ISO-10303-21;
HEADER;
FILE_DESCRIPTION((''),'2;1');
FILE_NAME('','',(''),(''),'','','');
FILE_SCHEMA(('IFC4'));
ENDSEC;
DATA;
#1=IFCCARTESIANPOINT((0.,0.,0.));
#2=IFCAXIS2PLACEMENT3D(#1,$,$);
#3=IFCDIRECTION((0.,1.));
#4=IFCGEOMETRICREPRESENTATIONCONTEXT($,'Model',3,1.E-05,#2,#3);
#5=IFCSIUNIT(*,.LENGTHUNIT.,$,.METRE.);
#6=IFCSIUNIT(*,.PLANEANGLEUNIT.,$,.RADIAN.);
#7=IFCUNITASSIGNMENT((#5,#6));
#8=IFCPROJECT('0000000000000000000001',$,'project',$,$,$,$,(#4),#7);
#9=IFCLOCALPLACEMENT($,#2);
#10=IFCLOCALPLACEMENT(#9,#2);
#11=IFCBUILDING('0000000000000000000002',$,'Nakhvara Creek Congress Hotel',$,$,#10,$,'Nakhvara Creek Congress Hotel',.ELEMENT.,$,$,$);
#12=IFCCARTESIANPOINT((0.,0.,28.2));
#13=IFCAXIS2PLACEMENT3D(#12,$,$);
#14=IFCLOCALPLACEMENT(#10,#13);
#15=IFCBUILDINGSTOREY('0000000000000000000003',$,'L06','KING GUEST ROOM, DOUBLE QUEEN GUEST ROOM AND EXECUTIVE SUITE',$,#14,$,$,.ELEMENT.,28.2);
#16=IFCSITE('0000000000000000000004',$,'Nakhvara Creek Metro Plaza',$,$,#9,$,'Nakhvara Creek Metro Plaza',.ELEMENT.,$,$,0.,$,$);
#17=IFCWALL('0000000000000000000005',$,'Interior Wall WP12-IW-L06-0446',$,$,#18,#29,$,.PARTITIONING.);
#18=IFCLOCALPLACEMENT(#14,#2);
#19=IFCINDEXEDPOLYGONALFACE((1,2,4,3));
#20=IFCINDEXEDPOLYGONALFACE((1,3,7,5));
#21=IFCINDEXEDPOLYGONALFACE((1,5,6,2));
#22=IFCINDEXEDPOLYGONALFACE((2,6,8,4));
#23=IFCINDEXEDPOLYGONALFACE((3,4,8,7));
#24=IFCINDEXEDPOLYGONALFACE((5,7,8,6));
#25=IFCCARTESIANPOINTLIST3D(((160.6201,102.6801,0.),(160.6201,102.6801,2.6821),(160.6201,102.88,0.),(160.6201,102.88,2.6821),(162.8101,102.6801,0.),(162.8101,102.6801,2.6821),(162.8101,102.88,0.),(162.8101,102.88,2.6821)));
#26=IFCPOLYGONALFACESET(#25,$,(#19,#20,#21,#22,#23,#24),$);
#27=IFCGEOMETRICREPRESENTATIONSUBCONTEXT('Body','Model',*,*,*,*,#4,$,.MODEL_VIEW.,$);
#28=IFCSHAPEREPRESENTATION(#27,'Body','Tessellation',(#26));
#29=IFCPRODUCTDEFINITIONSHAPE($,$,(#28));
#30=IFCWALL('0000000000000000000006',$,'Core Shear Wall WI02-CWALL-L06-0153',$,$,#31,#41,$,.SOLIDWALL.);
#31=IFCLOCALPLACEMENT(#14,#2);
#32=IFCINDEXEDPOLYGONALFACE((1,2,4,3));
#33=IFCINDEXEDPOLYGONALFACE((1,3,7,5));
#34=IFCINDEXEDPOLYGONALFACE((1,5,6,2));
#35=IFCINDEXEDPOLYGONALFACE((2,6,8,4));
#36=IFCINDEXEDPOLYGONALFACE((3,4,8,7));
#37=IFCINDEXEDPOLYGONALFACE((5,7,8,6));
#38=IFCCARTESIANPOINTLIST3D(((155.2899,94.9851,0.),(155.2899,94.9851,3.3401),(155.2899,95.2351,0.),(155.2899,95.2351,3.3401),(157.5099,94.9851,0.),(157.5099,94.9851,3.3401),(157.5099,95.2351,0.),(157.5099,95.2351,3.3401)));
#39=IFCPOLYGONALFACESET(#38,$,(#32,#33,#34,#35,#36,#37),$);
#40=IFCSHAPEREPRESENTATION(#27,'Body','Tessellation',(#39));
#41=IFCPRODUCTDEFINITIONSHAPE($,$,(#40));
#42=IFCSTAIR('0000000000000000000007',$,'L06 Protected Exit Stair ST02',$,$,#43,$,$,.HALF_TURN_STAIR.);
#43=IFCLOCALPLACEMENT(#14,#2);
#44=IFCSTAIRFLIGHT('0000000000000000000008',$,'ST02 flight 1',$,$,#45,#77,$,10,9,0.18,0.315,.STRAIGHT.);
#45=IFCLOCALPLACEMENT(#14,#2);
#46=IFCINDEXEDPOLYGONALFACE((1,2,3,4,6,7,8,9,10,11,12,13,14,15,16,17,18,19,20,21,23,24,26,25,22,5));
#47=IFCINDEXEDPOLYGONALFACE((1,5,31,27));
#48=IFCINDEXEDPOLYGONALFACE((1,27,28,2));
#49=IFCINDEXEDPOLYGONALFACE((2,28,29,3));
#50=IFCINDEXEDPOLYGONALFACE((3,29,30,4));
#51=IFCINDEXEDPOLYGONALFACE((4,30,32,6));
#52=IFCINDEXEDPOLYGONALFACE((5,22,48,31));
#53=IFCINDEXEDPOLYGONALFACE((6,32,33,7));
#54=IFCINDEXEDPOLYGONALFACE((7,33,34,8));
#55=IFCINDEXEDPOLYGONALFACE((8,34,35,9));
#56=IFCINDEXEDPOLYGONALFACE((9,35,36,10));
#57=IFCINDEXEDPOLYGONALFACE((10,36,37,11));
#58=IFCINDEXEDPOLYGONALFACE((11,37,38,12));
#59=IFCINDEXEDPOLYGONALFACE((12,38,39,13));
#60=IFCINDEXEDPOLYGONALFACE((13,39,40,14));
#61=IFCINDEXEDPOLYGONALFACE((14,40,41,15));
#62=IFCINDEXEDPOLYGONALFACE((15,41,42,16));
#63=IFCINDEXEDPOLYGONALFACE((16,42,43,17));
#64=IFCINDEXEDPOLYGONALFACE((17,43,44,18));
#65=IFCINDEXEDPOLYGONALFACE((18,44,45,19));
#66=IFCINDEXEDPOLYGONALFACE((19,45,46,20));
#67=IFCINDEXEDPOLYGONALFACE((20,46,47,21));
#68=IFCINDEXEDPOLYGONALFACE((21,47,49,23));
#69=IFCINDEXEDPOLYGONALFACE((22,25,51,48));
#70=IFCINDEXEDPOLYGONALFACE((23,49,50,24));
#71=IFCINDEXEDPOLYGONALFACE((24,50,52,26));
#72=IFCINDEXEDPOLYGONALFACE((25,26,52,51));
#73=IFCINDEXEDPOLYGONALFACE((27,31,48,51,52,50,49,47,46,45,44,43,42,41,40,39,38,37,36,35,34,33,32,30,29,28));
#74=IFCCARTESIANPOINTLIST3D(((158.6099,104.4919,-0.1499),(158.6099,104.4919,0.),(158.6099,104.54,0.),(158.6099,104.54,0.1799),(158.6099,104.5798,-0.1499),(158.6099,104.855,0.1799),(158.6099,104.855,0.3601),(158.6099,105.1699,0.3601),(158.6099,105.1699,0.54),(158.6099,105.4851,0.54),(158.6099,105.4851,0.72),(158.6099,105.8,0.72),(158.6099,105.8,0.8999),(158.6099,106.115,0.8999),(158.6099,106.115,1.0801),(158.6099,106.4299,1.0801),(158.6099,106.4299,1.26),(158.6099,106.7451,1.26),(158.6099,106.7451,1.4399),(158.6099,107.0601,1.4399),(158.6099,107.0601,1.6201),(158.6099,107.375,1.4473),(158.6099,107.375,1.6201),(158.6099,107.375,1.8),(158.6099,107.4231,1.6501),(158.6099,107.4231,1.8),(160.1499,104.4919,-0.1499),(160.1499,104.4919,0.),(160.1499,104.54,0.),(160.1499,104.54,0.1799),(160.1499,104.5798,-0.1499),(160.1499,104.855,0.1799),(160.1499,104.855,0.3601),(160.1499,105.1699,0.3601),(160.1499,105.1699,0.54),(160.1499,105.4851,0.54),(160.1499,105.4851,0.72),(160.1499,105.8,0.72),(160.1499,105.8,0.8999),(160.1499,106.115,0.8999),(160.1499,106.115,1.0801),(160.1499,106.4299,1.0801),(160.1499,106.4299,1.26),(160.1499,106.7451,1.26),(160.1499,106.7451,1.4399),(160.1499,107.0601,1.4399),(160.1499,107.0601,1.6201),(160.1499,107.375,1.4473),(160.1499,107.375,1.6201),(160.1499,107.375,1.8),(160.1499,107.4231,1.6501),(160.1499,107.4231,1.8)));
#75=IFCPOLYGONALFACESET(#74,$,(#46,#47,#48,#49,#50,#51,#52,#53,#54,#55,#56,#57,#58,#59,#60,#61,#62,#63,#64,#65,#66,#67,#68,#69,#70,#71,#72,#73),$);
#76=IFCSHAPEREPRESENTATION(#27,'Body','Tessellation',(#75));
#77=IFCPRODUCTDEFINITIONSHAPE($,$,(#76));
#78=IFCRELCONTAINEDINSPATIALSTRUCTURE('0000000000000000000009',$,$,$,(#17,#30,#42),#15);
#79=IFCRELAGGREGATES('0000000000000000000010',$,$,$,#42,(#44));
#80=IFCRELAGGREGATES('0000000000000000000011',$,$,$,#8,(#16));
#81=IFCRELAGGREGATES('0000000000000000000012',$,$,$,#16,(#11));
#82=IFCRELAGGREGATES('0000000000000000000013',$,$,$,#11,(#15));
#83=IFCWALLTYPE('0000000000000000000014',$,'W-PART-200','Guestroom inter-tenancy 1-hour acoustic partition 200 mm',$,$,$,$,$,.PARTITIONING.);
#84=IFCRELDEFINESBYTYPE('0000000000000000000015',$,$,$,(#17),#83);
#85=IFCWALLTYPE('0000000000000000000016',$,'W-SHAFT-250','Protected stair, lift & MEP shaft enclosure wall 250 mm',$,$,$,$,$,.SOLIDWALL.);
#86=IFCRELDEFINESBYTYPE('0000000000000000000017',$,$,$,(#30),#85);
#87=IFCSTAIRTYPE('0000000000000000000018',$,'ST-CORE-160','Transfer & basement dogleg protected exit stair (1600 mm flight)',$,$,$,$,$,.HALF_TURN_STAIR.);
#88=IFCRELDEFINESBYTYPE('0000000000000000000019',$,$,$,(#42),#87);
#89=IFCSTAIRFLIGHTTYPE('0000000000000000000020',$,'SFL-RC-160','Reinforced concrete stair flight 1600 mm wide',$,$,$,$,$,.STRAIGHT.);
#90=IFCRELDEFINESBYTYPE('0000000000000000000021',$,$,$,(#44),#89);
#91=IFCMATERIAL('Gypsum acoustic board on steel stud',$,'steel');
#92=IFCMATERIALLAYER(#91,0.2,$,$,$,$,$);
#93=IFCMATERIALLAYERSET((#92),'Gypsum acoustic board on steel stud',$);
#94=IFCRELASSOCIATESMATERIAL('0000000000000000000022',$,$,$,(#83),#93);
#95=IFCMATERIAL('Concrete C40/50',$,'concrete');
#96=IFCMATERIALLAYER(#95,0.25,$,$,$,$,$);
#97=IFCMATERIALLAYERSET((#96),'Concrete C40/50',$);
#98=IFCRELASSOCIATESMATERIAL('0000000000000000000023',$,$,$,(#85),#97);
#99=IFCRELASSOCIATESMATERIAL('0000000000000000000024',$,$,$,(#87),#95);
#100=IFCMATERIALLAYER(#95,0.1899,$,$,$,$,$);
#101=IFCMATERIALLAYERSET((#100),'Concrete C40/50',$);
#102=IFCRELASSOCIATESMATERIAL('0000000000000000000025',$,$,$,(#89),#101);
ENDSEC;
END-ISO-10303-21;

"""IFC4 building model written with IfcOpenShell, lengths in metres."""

from ifc_helpers import new_model, si_unit, direction, frame, frame_2d, origin, place, context, subcontext, project, spatial, polyline, rectangle, outline, extrude, material, layer, layer_set, type_object, element, aggregate, save


model = new_model("IFC4")

# Units and contexts
model_context = context("Model", 3, precision=1e-05, world=origin(), true_north=direction((0.0, 1.0)))
body_context = subcontext(model_context, "Body", "Model", "MODEL_VIEW")
ifc_project = project(units=[si_unit("LENGTHUNIT", "METRE"), si_unit("PLANEANGLEUNIT", "RADIAN")], contexts=[model_context])

# Site, building, storey
site_placement = place(None, origin())
site = spatial("IfcSite", under=ifc_project, at=site_placement, Name="Nakhvara Creek Metro Plaza", LongName="Nakhvara Creek Metro Plaza", CompositionType="ELEMENT", RefElevation=0.0)
building_placement = place(site_placement, origin())
building = spatial("IfcBuilding", under=site, at=building_placement, Name="Nakhvara Creek Congress Hotel", LongName="Nakhvara Creek Congress Hotel", CompositionType="ELEMENT")
storey_placement = place(building_placement, frame((0.0, 0.0, 28.2)))
storey = spatial("IfcBuildingStorey", under=building, at=storey_placement, Name="L06", Description="KING GUEST ROOM, DOUBLE QUEEN GUEST ROOM AND EXECUTIVE SUITE", CompositionType="ELEMENT", Elevation=28.2)

# Shared definitions
ifc_material_1 = material(Name="Concrete C40/50", Category="concrete")

# Walls
ifc_material_2 = material(Name="Gypsum acoustic board on steel stud", Category="steel")
ifc_layer_1 = layer(ifc_material_2, 0.2)
ifc_layer_set_1 = layer_set([ifc_layer_1], Name="Gypsum acoustic board on steel stud")
wall_type_1 = type_object("IfcWallType", Name="W-PART-200", Description="Guestroom inter-tenancy 1-hour acoustic partition 200 mm", PredefinedType="PARTITIONING", material=ifc_layer_set_1)
wall_1_placement = place(storey_placement, frame((160.6201, 102.78, 0.0), z_axis=(0.0, 0.0, 1.0), x_axis=(1.0, 0.0, 0.0)))
element("IfcWall", 1, at=wall_1_placement, inside=storey, type_object=wall_type_1, Name="Interior Wall WP12-IW-L06-0446", PredefinedType="PARTITIONING", context=body_context, shape_type="SweptSolid", body=[
    extrude(rectangle(XDim=2.1899, YDim=0.2, at=frame_2d((1.095, 0.0))), origin(), (0.0, 0.0, 1.0), 2.6821),
])
ifc_layer_2 = layer(ifc_material_1, 0.25)
ifc_layer_set_2 = layer_set([ifc_layer_2], Name="Concrete C40/50")
wall_type_2 = type_object("IfcWallType", Name="W-SHAFT-250", Description="Protected stair, lift & MEP shaft enclosure wall 250 mm", PredefinedType="SOLIDWALL", material=ifc_layer_set_2)
wall_2_placement = place(storey_placement, frame((155.29, 95.1101, 0.0), z_axis=(0.0, 0.0, 1.0), x_axis=(1.0, 0.0, 0.0)))
element("IfcWall", 2, at=wall_2_placement, inside=storey, type_object=wall_type_2, Name="Core Shear Wall WI02-CWALL-L06-0153", PredefinedType="SOLIDWALL", context=body_context, shape_type="SweptSolid", body=[
    extrude(rectangle(XDim=2.22, YDim=0.25, at=frame_2d((1.1099, 0.0))), origin(), (0.0, 0.0, 1.0), 3.3401),
])

# Stair, stair flight
stair_type = type_object("IfcStairType", Name="ST-CORE-160", Description="Transfer & basement dogleg protected exit stair (1600 mm flight)", PredefinedType="HALF_TURN_STAIR", material=ifc_material_1)
stair_placement = place(storey_placement, origin())
stair = element("IfcStair", 3, at=stair_placement, inside=storey, type_object=stair_type, Name="L06 Protected Exit Stair ST02", PredefinedType="HALF_TURN_STAIR")
ifc_layer_3 = layer(ifc_material_1, 0.1899)
ifc_layer_set_3 = layer_set([ifc_layer_3], Name="Concrete C40/50")
stair_flight_type = type_object("IfcStairFlightType", Name="SFL-RC-160", Description="Reinforced concrete stair flight 1600 mm wide", PredefinedType="STRAIGHT", material=ifc_layer_set_3)
stair_flight_placement = place(storey_placement, frame((159.3799, 104.54, 0.0), z_axis=(0.0, 0.0, 1.0), x_axis=(0.0, 1.0, 0.0)))
stair_flight = element("IfcStairFlight", 4, at=stair_flight_placement, type_object=stair_flight_type, Name="ST02 flight 1", NumberOfRisers=10, NumberOfTreads=9, PredefinedType="STRAIGHT", RiserHeight=0.18, TreadLength=0.315, context=body_context, shape_type="SweptSolid", body=[
    extrude(outline(polyline([(-0.0481, 0.0), (0.0, 0.0), (0.0, 0.1799), (0.3149, 0.1799), (0.3149, 0.3601), (0.6299, 0.3601), (0.6299, 0.54), (0.9451, 0.54), (0.9451, 0.72), (1.26, 0.72), (1.26, 0.8999), (1.575, 0.8999), (1.575, 1.0801), (1.8899, 1.0801), (1.8899, 1.26), (2.2051, 1.26), (2.2051, 1.4399), (2.52, 1.4399), (2.52, 1.6201), (2.835, 1.6201), (2.835, 1.8), (2.8831, 1.8), (2.8831, 1.6501), (2.835, 1.4473), (0.0398, -0.1499), (-0.0481, -0.1499), (-0.0481, 0.0)])), frame((0.0, 0.77, 0.0), z_axis=(0.0, -1.0, 0.0), x_axis=(1.0, 0.0, 0.0)), (0.0, 0.0, 1.0), 1.54),
])
aggregate(stair, [stair_flight])

save(model, "model.ifc")
